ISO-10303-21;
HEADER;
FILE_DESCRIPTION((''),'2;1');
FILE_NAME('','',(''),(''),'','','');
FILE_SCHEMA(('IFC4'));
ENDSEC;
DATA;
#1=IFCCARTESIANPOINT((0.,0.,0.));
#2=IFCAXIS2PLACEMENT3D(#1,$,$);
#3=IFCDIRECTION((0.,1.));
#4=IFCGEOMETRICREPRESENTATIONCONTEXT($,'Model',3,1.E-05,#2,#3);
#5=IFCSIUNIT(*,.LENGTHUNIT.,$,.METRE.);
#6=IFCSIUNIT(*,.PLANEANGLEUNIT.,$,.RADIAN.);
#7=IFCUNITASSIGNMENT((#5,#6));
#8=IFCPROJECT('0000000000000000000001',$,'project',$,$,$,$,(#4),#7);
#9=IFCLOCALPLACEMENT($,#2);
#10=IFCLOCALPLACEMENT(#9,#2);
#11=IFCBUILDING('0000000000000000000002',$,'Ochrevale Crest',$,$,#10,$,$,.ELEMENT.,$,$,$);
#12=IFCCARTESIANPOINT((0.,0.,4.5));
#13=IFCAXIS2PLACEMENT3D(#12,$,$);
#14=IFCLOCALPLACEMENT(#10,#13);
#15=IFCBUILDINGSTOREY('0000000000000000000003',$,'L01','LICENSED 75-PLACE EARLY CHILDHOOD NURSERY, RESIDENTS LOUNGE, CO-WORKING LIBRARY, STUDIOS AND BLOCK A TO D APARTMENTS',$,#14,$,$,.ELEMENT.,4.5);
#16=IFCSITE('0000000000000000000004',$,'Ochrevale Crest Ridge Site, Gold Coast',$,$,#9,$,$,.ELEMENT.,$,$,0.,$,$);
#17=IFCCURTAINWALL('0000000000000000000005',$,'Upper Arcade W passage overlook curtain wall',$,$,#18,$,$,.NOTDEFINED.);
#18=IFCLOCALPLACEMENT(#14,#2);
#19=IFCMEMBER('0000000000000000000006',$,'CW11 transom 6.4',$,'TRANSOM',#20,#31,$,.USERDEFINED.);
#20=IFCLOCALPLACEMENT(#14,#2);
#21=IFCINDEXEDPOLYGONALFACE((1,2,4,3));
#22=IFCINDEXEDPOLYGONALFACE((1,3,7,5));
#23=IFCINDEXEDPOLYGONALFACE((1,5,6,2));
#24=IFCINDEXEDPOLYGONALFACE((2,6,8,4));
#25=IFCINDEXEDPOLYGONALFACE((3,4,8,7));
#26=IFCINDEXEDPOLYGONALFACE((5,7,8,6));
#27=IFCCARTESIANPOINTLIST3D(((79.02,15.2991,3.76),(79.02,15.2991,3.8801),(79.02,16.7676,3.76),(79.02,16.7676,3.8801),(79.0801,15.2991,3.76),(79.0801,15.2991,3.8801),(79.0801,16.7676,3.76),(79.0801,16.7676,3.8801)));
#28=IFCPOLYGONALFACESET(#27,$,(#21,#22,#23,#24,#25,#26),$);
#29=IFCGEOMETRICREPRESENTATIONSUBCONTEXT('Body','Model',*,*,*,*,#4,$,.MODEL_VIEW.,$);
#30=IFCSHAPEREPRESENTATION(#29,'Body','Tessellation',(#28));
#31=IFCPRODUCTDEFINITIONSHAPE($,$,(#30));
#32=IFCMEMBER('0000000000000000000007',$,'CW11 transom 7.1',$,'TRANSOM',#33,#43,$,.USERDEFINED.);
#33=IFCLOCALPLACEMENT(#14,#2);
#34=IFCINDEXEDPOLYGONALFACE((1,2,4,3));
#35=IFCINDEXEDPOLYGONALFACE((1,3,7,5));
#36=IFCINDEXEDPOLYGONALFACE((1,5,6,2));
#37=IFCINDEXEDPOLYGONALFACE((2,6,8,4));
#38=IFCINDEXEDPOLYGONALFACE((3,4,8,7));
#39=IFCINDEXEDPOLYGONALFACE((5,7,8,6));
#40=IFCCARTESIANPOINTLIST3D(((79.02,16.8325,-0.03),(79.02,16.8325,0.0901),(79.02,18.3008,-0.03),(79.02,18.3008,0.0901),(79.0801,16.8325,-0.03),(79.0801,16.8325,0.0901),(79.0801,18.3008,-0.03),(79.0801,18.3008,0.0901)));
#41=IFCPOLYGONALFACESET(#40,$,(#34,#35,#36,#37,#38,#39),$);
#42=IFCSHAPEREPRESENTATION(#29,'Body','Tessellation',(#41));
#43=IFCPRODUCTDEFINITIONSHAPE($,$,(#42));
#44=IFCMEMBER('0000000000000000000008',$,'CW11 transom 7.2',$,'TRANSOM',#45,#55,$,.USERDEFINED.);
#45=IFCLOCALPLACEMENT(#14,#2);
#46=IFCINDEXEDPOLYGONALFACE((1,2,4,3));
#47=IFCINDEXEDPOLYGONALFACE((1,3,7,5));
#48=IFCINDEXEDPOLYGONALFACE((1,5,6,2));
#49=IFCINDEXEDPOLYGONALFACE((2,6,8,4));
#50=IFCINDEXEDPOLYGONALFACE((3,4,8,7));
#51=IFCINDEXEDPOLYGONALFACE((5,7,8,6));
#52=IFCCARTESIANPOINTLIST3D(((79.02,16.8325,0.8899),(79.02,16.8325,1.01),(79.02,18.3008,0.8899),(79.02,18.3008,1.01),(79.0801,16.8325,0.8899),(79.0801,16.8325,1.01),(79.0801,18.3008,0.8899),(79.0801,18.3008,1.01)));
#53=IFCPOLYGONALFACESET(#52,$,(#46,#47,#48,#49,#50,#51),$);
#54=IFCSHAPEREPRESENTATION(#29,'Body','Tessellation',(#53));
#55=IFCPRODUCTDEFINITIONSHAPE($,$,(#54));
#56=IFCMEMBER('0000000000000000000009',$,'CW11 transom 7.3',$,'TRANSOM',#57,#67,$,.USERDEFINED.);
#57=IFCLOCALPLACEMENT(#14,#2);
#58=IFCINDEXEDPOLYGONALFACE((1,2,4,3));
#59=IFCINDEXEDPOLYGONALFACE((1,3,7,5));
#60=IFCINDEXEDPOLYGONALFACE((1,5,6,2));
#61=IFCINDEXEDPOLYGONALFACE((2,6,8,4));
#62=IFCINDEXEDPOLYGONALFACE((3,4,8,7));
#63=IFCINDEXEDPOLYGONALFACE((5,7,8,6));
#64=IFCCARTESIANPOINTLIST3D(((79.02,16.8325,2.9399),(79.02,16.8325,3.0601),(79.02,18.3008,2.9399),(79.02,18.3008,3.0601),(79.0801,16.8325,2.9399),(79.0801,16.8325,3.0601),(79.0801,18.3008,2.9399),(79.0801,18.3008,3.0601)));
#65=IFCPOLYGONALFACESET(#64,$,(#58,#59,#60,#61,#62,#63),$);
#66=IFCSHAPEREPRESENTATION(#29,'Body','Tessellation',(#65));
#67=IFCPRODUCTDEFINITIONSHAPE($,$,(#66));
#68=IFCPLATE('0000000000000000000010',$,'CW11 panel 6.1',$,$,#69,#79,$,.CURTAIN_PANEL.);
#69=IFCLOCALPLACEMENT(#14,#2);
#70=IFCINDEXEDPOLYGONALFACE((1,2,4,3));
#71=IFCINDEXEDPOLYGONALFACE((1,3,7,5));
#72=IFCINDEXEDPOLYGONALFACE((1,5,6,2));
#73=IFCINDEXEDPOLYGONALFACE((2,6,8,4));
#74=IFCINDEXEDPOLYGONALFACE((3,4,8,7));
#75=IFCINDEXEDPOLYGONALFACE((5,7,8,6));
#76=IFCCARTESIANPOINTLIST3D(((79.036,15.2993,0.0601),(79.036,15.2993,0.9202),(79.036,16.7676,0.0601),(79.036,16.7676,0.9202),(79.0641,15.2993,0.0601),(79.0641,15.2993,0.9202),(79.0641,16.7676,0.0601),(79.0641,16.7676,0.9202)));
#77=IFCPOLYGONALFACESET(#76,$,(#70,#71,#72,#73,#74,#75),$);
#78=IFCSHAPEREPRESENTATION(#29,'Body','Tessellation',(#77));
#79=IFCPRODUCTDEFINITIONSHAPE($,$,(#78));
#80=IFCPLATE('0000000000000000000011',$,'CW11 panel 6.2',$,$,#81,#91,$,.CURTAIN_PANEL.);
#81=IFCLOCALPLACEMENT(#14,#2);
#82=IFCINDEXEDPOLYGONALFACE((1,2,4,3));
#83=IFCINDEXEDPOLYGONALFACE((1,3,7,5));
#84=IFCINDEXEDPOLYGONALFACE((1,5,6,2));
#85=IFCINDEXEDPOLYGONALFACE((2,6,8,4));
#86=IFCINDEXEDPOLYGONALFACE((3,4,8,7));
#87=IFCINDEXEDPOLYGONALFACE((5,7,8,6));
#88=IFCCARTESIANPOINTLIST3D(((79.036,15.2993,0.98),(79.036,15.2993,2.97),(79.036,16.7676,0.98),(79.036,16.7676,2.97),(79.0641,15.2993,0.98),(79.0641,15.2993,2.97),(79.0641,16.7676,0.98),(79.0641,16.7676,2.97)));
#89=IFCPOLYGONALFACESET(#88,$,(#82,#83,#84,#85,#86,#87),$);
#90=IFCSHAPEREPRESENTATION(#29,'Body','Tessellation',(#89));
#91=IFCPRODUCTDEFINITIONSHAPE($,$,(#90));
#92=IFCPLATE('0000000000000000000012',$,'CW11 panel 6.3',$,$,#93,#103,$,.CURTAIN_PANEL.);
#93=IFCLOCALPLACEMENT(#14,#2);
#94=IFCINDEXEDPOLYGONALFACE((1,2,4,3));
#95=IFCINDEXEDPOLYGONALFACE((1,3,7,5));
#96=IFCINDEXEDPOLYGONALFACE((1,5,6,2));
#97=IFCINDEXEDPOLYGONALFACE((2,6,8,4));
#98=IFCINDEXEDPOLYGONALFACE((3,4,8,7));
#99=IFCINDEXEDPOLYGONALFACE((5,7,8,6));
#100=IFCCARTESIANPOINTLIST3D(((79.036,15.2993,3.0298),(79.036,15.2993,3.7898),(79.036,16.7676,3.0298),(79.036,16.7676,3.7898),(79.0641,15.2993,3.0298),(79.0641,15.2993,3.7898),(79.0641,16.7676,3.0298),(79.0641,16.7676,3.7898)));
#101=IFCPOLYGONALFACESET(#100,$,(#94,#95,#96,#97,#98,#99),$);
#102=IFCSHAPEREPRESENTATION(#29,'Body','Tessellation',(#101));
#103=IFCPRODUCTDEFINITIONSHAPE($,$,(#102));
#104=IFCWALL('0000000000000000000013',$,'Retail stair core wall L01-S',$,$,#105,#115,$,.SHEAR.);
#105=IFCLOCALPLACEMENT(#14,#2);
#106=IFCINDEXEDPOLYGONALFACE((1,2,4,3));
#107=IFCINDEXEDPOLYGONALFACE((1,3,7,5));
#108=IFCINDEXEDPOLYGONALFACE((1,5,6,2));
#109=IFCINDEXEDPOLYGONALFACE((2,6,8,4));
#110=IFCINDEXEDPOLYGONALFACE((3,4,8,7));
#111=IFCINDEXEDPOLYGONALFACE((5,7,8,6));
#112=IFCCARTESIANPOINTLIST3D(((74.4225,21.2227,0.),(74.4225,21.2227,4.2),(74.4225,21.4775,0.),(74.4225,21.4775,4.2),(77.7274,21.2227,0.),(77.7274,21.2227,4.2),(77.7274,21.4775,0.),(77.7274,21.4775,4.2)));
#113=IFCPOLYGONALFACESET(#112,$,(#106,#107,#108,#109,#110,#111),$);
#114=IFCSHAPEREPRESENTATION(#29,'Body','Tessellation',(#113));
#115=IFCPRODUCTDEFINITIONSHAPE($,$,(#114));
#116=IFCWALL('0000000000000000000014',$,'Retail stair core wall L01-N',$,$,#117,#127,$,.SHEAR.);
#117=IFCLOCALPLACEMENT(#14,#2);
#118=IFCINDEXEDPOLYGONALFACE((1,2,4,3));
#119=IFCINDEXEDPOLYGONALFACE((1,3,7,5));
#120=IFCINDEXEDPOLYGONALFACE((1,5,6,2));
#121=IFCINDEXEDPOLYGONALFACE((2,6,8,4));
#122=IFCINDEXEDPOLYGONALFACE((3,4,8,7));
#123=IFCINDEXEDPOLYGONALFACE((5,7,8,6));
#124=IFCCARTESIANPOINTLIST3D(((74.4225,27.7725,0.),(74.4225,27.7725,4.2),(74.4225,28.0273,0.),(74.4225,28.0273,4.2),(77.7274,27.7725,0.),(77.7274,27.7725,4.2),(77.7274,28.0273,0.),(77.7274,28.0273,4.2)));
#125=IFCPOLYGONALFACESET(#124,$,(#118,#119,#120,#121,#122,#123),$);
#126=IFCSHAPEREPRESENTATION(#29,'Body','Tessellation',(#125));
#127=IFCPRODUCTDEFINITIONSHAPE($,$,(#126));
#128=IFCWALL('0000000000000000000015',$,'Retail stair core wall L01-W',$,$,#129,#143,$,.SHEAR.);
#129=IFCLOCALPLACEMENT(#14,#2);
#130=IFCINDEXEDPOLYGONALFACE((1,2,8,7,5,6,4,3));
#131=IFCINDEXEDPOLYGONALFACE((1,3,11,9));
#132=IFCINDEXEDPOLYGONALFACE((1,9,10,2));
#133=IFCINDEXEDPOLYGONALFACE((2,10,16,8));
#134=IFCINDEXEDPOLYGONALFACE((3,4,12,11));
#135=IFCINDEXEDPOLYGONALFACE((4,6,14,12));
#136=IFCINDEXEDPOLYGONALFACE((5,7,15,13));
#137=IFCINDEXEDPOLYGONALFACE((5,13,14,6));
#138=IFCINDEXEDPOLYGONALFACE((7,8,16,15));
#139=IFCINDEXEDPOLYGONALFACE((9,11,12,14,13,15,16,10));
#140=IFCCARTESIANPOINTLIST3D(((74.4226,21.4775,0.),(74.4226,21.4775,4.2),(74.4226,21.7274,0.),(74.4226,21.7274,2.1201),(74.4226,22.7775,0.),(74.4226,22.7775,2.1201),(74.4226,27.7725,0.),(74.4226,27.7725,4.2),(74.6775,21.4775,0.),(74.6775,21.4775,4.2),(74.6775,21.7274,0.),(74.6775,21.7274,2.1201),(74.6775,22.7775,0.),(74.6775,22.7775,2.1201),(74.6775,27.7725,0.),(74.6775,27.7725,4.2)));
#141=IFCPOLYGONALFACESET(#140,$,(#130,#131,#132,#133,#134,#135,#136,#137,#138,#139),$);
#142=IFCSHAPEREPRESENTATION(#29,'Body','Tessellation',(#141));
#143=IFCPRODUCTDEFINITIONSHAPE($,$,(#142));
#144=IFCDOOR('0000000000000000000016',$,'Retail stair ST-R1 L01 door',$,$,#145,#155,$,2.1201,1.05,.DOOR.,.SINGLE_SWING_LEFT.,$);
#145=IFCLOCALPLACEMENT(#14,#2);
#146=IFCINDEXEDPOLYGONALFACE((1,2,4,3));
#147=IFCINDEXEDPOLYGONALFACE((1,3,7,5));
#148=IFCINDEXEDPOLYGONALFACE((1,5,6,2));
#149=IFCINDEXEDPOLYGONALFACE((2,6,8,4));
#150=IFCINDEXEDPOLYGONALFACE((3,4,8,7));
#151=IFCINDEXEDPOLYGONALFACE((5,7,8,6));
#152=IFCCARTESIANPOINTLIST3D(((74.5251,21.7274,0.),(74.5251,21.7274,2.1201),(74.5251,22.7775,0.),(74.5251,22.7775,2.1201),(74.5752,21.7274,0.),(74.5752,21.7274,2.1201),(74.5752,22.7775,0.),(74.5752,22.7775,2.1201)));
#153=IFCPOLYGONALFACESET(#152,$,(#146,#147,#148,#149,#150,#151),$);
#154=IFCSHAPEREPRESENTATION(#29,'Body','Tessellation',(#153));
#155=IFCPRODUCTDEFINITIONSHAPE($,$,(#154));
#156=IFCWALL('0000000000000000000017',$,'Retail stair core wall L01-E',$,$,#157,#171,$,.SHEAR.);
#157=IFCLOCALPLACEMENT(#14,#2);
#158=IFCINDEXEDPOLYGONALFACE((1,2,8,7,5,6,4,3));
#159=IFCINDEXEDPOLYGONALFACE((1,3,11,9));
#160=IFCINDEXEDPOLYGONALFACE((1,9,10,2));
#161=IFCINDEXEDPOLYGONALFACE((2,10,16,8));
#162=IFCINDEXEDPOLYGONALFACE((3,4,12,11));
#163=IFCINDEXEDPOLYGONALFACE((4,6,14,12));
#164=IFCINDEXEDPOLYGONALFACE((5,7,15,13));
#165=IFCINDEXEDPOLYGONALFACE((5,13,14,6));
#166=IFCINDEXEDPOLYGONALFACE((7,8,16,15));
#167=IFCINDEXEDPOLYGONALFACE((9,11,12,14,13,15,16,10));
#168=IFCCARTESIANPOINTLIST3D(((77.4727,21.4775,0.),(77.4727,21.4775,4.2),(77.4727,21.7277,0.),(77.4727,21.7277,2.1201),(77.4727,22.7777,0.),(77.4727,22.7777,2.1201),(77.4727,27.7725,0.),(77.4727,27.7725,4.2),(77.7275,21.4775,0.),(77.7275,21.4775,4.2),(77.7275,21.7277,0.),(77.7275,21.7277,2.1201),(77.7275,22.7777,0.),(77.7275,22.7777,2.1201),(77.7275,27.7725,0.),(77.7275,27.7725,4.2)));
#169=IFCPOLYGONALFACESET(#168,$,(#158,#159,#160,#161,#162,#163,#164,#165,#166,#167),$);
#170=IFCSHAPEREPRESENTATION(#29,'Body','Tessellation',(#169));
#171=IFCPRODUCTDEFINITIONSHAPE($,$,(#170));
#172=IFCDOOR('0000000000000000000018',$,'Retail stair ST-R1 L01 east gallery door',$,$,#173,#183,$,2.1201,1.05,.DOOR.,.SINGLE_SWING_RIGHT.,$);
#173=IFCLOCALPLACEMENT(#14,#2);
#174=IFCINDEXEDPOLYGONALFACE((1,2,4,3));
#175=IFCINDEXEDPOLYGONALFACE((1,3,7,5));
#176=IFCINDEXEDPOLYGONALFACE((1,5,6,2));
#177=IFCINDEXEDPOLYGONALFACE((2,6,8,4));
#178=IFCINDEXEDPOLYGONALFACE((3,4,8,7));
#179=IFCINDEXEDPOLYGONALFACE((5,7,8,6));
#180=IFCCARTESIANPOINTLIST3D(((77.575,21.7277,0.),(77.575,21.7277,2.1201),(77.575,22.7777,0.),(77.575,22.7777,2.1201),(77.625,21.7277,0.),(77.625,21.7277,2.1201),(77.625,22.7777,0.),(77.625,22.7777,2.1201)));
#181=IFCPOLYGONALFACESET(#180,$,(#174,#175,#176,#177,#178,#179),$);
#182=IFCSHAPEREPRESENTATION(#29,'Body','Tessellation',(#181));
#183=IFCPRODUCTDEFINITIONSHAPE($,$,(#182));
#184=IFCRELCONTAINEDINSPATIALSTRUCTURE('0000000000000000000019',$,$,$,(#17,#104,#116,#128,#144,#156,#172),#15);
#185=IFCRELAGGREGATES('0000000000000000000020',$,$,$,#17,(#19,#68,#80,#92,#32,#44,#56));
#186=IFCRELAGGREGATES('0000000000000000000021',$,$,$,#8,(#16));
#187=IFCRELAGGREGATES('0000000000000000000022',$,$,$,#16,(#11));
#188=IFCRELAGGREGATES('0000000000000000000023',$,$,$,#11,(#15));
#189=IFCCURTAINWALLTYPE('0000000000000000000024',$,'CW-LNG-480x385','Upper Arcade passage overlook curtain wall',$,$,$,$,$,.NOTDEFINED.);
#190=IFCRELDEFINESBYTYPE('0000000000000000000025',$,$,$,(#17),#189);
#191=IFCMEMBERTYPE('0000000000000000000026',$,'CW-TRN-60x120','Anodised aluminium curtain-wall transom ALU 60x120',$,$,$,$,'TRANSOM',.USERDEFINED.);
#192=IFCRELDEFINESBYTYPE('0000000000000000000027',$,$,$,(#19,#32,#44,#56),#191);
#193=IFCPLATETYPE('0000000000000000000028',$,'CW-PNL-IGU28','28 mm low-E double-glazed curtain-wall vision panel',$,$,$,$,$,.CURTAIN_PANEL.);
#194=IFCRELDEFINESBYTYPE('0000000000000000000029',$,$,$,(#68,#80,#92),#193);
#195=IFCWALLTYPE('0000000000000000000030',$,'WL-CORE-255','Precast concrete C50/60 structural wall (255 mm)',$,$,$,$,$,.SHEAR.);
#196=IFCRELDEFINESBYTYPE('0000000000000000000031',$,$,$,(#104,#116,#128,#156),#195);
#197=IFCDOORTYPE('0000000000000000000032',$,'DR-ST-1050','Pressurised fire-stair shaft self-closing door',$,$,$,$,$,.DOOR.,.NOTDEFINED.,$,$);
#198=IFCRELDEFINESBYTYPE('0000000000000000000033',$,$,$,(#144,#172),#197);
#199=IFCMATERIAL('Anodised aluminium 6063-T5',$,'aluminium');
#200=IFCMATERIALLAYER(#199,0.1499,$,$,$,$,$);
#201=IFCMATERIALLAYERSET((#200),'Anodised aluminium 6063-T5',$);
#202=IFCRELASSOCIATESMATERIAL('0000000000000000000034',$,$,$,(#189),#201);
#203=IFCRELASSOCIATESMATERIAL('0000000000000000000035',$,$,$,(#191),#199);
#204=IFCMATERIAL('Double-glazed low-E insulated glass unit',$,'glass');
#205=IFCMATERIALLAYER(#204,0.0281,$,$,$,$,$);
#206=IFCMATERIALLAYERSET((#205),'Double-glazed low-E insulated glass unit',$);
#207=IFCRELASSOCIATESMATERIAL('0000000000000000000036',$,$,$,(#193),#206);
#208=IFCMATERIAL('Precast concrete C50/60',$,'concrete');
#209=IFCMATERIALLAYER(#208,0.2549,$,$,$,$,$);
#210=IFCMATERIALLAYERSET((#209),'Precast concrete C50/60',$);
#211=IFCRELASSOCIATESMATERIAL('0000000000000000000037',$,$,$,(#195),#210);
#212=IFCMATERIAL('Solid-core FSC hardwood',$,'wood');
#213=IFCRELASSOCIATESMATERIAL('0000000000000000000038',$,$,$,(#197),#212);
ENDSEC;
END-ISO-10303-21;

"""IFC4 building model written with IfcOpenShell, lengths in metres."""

from ifc_helpers import new_model, si_unit, direction, frame, frame_2d, origin, origin_2d, place, context, subcontext, project, spatial, rectangle, extrude, material, layer, layer_set, material_profile, profile_set, type_object, element, fill, aggregate, save


model = new_model("IFC4")

# Units and contexts
model_context = context("Model", 3, precision=1e-05, world=origin(), true_north=direction((0.0, 1.0)))
body_context = subcontext(model_context, "Body", "Model", "MODEL_VIEW")
ifc_project = project(units=[si_unit("LENGTHUNIT", "METRE"), si_unit("PLANEANGLEUNIT", "RADIAN")], contexts=[model_context])

# Site, building, storey
site_placement = place(None, origin())
site = spatial("IfcSite", under=ifc_project, at=site_placement, Name="Ochrevale Crest Ridge Site, Gold Coast", CompositionType="ELEMENT", RefElevation=0.0)
building_placement = place(site_placement, origin())
building = spatial("IfcBuilding", under=site, at=building_placement, Name="Ochrevale Crest", CompositionType="ELEMENT")
storey_placement = place(building_placement, frame((0.0, 0.0, 4.5)))
storey = spatial("IfcBuildingStorey", under=building, at=storey_placement, Name="L01", Description="LICENSED 75-PLACE EARLY CHILDHOOD NURSERY, RESIDENTS LOUNGE, CO-WORKING LIBRARY, STUDIOS AND BLOCK A TO D APARTMENTS", CompositionType="ELEMENT", Elevation=4.5)

# Curtain wall, members, plates
ifc_material_1 = material(Name="Anodised aluminium 6063-T5", Category="aluminium")
ifc_layer_1 = layer(ifc_material_1, 0.1499)
ifc_layer_set_1 = layer_set([ifc_layer_1], Name="Anodised aluminium 6063-T5")
curtain_wall_type = type_object("IfcCurtainWallType", Name="CW-LNG-480x385", Description="Upper Arcade passage overlook curtain wall", PredefinedType="NOTDEFINED", material=ifc_layer_set_1)
curtain_wall_placement = place(storey_placement, origin())
curtain_wall = element("IfcCurtainWall", 1, at=curtain_wall_placement, inside=storey, type_object=curtain_wall_type, Name="Upper Arcade W passage overlook curtain wall", PredefinedType="NOTDEFINED")
ifc_material_profile_1 = material_profile(ifc_material_1, rectangle(XDim=0.0601, YDim=0.1201, at=origin_2d()), Name="ALU 60x120")
ifc_profile_set_1 = profile_set([ifc_material_profile_1], Name="Anodised aluminium 6063-T5")
member_type_1 = type_object("IfcMemberType", Name="CW-TRN-60x120", Description="Anodised aluminium curtain-wall transom ALU 60x120", ElementType="TRANSOM", PredefinedType="USERDEFINED", material=ifc_profile_set_1)
member_1_placement = place(storey_placement, frame((79.05, 15.2991, 3.8201), z_axis=(0.0, 1.0, 0.0), x_axis=(-1.0, 0.0, 0.0)))
member_1 = element("IfcMember", 2, at=member_1_placement, type_object=member_type_1, Name="CW11 transom 6.4", ObjectType="TRANSOM", PredefinedType="USERDEFINED", context=body_context, shape_type="SweptSolid", body=[
    extrude(rectangle(XDim=0.0601, YDim=0.1201, at=origin_2d()), origin(), (0.0, 0.0, 1.0), 1.4685),
])
member_2_placement = place(storey_placement, frame((79.05, 16.8325, 0.03), z_axis=(0.0, 1.0, 0.0), x_axis=(-1.0, 0.0, 0.0)))
member_2 = element("IfcMember", 3, at=member_2_placement, type_object=member_type_1, Name="CW11 transom 7.1", ObjectType="TRANSOM", PredefinedType="USERDEFINED", context=body_context, shape_type="SweptSolid", body=[
    extrude(rectangle(XDim=0.0601, YDim=0.1201, at=origin_2d()), origin(), (0.0, 0.0, 1.0), 1.4683),
])
member_3_placement = place(storey_placement, frame((79.05, 16.8325, 0.95), z_axis=(0.0, 1.0, 0.0), x_axis=(-1.0, 0.0, 0.0)))
member_3 = element("IfcMember", 4, at=member_3_placement, type_object=member_type_1, Name="CW11 transom 7.2", ObjectType="TRANSOM", PredefinedType="USERDEFINED", context=body_context, shape_type="SweptSolid", body=[
    extrude(rectangle(XDim=0.0601, YDim=0.1201, at=origin_2d()), origin(), (0.0, 0.0, 1.0), 1.4683),
])
member_4_placement = place(storey_placement, frame((79.05, 16.8325, 3.0), z_axis=(0.0, 1.0, 0.0), x_axis=(-1.0, 0.0, 0.0)))
member_4 = element("IfcMember", 5, at=member_4_placement, type_object=member_type_1, Name="CW11 transom 7.3", ObjectType="TRANSOM", PredefinedType="USERDEFINED", context=body_context, shape_type="SweptSolid", body=[
    extrude(rectangle(XDim=0.0601, YDim=0.1201, at=origin_2d()), origin(), (0.0, 0.0, 1.0), 1.4683),
])
ifc_material_2 = material(Name="Double-glazed low-E insulated glass unit", Category="glass")
ifc_layer_2 = layer(ifc_material_2, 0.0281)
ifc_layer_set_2 = layer_set([ifc_layer_2], Name="Double-glazed low-E insulated glass unit")
plate_type = type_object("IfcPlateType", Name="CW-PNL-IGU28", Description="28 mm low-E double-glazed curtain-wall vision panel", PredefinedType="CURTAIN_PANEL", material=ifc_layer_set_2)
plate_1_placement = place(storey_placement, frame((79.05, 16.0334, 0.0601), z_axis=(0.0, 0.0, 1.0), x_axis=(0.0, 1.0, 0.0)))
plate_1 = element("IfcPlate", 6, at=plate_1_placement, type_object=plate_type, Name="CW11 panel 6.1", PredefinedType="CURTAIN_PANEL", context=body_context, shape_type="SweptSolid", body=[
    extrude(rectangle(XDim=1.4683, YDim=0.0281, at=origin_2d()), origin(), (0.0, 0.0, 1.0), 0.8601),
])
plate_2_placement = place(storey_placement, frame((79.05, 16.0334, 0.98), z_axis=(0.0, 0.0, 1.0), x_axis=(0.0, 1.0, 0.0)))
plate_2 = element("IfcPlate", 7, at=plate_2_placement, type_object=plate_type, Name="CW11 panel 6.2", PredefinedType="CURTAIN_PANEL", context=body_context, shape_type="SweptSolid", body=[
    extrude(rectangle(XDim=1.4683, YDim=0.0281, at=origin_2d()), origin(), (0.0, 0.0, 1.0), 1.99),
])
plate_3_placement = place(storey_placement, frame((79.05, 16.0334, 3.0298), z_axis=(0.0, 0.0, 1.0), x_axis=(0.0, 1.0, 0.0)))
plate_3 = element("IfcPlate", 8, at=plate_3_placement, type_object=plate_type, Name="CW11 panel 6.3", PredefinedType="CURTAIN_PANEL", context=body_context, shape_type="SweptSolid", body=[
    extrude(rectangle(XDim=1.4683, YDim=0.0281, at=origin_2d()), origin(), (0.0, 0.0, 1.0), 0.76),
])
aggregate(curtain_wall, [member_1, plate_1, plate_2, plate_3, member_2, member_3, member_4])

# Walls
ifc_material_3 = material(Name="Precast concrete C50/60", Category="concrete")
ifc_layer_3 = layer(ifc_material_3, 0.2549)
ifc_layer_set_3 = layer_set([ifc_layer_3], Name="Precast concrete C50/60")
wall_type_1 = type_object("IfcWallType", Name="WL-CORE-255", Description="Precast concrete C50/60 structural wall (255 mm)", PredefinedType="SHEAR", material=ifc_layer_set_3)
for number, where, z_axis, x_axis, name in (
    (9, (74.4226, 21.3501, 0.0), (0.0, 0.0, 1.0), (1.0, 0.0, 0.0), "Retail stair core wall L01-S"),
    (10, (74.4226, 27.8999, 0.0), (0.0, 0.0, 1.0), (1.0, 0.0, 0.0), "Retail stair core wall L01-N"),
):
    element("IfcWall", number, at=place(storey_placement, frame(where, z_axis=z_axis, x_axis=x_axis)), inside=storey, type_object=wall_type_1, Name=name, PredefinedType="SHEAR", context=body_context, shape_type="SweptSolid", body=[
        extrude(rectangle(XDim=3.3049, YDim=0.2549, at=frame_2d((1.6523, 0.0))), origin(), (0.0, 0.0, 1.0), 4.2),
    ])

# Walls, openings, doors
wall_1_placement = place(storey_placement, frame((74.55, 21.4775, 0.0), z_axis=(0.0, 0.0, 1.0), x_axis=(0.0, 1.0, 0.0)))
wall_1 = element("IfcWall", 11, at=wall_1_placement, inside=storey, type_object=wall_type_1, Name="Retail stair core wall L01-W", PredefinedType="SHEAR", context=body_context, shape_type="SweptSolid", body=[
    extrude(rectangle(XDim=6.2949, YDim=0.2549, at=frame_2d((3.1475, 0.0))), origin(), (0.0, 0.0, 1.0), 4.2),
])
opening_1_placement = place(wall_1_placement, frame((0.25, 0.0, 0.0)))
opening_1 = element("IfcOpeningElement", 12, at=opening_1_placement, cuts=wall_1, PredefinedType="OPENING", context=body_context, shape_type="SweptSolid", body=[
    extrude(rectangle(XDim=1.05, YDim=2.1201, at=frame_2d((0.5249, 1.0601))), frame((0.0, 0.1375, 0.0), z_axis=(0.0, -1.0, 0.0), x_axis=(1.0, 0.0, 0.0)), (0.0, 0.0, 1.0), 0.2749),
])
ifc_material_4 = material(Name="Solid-core FSC hardwood", Category="wood")
door_type = type_object("IfcDoorType", Name="DR-ST-1050", Description="Pressurised fire-stair shaft self-closing door", OperationType="NOTDEFINED", PredefinedType="DOOR", material=ifc_material_4)
door_1_placement = place(opening_1_placement, origin())
door_1 = element("IfcDoor", 13, at=door_1_placement, inside=storey, type_object=door_type, Name="Retail stair ST-R1 L01 door", OperationType="SINGLE_SWING_LEFT", OverallHeight=2.1201, OverallWidth=1.05, PredefinedType="DOOR", context=body_context, shape_type="SweptSolid", body=[
    extrude(rectangle(XDim=1.05, YDim=2.1201, at=frame_2d((0.5249, 1.0601))), frame((0.0, 0.0249, 0.0), z_axis=(0.0, -1.0, 0.0), x_axis=(1.0, 0.0, 0.0)), (0.0, 0.0, 1.0), 0.05),
])
fill(opening_1, door_1)
wall_2_placement = place(storey_placement, frame((77.6001, 21.4775, 0.0), z_axis=(0.0, 0.0, 1.0), x_axis=(0.0, 1.0, 0.0)))
wall_2 = element("IfcWall", 14, at=wall_2_placement, inside=storey, type_object=wall_type_1, Name="Retail stair core wall L01-E", PredefinedType="SHEAR", context=body_context, shape_type="SweptSolid", body=[
    extrude(rectangle(XDim=6.2949, YDim=0.2549, at=frame_2d((3.1475, 0.0))), origin(), (0.0, 0.0, 1.0), 4.2),
])
opening_2_placement = place(wall_2_placement, frame((1.3, 0.0, 0.0), z_axis=(0.0, 0.0, 1.0), x_axis=(-1.0, 0.0, 0.0)))
opening_2 = element("IfcOpeningElement", 15, at=opening_2_placement, cuts=wall_2, PredefinedType="OPENING", context=body_context, shape_type="SweptSolid", body=[
    extrude(rectangle(XDim=1.05, YDim=2.1201, at=frame_2d((0.5249, 1.0601))), frame((0.0, 0.1375, 0.0), z_axis=(0.0, -1.0, 0.0), x_axis=(1.0, 0.0, 0.0)), (0.0, 0.0, 1.0), 0.2749),
])
door_2_placement = place(opening_2_placement, origin())
door_2 = element("IfcDoor", 16, at=door_2_placement, inside=storey, type_object=door_type, Name="Retail stair ST-R1 L01 east gallery door", OperationType="SINGLE_SWING_RIGHT", OverallHeight=2.1201, OverallWidth=1.05, PredefinedType="DOOR", context=body_context, shape_type="SweptSolid", body=[
    extrude(rectangle(XDim=1.05, YDim=2.1201, at=frame_2d((0.5249, 1.0601))), frame((0.0, 0.0249, 0.0), z_axis=(0.0, -1.0, 0.0), x_axis=(1.0, 0.0, 0.0)), (0.0, 0.0, 1.0), 0.05),
])
fill(opening_2, door_2)

save(model, "model.ifc")
